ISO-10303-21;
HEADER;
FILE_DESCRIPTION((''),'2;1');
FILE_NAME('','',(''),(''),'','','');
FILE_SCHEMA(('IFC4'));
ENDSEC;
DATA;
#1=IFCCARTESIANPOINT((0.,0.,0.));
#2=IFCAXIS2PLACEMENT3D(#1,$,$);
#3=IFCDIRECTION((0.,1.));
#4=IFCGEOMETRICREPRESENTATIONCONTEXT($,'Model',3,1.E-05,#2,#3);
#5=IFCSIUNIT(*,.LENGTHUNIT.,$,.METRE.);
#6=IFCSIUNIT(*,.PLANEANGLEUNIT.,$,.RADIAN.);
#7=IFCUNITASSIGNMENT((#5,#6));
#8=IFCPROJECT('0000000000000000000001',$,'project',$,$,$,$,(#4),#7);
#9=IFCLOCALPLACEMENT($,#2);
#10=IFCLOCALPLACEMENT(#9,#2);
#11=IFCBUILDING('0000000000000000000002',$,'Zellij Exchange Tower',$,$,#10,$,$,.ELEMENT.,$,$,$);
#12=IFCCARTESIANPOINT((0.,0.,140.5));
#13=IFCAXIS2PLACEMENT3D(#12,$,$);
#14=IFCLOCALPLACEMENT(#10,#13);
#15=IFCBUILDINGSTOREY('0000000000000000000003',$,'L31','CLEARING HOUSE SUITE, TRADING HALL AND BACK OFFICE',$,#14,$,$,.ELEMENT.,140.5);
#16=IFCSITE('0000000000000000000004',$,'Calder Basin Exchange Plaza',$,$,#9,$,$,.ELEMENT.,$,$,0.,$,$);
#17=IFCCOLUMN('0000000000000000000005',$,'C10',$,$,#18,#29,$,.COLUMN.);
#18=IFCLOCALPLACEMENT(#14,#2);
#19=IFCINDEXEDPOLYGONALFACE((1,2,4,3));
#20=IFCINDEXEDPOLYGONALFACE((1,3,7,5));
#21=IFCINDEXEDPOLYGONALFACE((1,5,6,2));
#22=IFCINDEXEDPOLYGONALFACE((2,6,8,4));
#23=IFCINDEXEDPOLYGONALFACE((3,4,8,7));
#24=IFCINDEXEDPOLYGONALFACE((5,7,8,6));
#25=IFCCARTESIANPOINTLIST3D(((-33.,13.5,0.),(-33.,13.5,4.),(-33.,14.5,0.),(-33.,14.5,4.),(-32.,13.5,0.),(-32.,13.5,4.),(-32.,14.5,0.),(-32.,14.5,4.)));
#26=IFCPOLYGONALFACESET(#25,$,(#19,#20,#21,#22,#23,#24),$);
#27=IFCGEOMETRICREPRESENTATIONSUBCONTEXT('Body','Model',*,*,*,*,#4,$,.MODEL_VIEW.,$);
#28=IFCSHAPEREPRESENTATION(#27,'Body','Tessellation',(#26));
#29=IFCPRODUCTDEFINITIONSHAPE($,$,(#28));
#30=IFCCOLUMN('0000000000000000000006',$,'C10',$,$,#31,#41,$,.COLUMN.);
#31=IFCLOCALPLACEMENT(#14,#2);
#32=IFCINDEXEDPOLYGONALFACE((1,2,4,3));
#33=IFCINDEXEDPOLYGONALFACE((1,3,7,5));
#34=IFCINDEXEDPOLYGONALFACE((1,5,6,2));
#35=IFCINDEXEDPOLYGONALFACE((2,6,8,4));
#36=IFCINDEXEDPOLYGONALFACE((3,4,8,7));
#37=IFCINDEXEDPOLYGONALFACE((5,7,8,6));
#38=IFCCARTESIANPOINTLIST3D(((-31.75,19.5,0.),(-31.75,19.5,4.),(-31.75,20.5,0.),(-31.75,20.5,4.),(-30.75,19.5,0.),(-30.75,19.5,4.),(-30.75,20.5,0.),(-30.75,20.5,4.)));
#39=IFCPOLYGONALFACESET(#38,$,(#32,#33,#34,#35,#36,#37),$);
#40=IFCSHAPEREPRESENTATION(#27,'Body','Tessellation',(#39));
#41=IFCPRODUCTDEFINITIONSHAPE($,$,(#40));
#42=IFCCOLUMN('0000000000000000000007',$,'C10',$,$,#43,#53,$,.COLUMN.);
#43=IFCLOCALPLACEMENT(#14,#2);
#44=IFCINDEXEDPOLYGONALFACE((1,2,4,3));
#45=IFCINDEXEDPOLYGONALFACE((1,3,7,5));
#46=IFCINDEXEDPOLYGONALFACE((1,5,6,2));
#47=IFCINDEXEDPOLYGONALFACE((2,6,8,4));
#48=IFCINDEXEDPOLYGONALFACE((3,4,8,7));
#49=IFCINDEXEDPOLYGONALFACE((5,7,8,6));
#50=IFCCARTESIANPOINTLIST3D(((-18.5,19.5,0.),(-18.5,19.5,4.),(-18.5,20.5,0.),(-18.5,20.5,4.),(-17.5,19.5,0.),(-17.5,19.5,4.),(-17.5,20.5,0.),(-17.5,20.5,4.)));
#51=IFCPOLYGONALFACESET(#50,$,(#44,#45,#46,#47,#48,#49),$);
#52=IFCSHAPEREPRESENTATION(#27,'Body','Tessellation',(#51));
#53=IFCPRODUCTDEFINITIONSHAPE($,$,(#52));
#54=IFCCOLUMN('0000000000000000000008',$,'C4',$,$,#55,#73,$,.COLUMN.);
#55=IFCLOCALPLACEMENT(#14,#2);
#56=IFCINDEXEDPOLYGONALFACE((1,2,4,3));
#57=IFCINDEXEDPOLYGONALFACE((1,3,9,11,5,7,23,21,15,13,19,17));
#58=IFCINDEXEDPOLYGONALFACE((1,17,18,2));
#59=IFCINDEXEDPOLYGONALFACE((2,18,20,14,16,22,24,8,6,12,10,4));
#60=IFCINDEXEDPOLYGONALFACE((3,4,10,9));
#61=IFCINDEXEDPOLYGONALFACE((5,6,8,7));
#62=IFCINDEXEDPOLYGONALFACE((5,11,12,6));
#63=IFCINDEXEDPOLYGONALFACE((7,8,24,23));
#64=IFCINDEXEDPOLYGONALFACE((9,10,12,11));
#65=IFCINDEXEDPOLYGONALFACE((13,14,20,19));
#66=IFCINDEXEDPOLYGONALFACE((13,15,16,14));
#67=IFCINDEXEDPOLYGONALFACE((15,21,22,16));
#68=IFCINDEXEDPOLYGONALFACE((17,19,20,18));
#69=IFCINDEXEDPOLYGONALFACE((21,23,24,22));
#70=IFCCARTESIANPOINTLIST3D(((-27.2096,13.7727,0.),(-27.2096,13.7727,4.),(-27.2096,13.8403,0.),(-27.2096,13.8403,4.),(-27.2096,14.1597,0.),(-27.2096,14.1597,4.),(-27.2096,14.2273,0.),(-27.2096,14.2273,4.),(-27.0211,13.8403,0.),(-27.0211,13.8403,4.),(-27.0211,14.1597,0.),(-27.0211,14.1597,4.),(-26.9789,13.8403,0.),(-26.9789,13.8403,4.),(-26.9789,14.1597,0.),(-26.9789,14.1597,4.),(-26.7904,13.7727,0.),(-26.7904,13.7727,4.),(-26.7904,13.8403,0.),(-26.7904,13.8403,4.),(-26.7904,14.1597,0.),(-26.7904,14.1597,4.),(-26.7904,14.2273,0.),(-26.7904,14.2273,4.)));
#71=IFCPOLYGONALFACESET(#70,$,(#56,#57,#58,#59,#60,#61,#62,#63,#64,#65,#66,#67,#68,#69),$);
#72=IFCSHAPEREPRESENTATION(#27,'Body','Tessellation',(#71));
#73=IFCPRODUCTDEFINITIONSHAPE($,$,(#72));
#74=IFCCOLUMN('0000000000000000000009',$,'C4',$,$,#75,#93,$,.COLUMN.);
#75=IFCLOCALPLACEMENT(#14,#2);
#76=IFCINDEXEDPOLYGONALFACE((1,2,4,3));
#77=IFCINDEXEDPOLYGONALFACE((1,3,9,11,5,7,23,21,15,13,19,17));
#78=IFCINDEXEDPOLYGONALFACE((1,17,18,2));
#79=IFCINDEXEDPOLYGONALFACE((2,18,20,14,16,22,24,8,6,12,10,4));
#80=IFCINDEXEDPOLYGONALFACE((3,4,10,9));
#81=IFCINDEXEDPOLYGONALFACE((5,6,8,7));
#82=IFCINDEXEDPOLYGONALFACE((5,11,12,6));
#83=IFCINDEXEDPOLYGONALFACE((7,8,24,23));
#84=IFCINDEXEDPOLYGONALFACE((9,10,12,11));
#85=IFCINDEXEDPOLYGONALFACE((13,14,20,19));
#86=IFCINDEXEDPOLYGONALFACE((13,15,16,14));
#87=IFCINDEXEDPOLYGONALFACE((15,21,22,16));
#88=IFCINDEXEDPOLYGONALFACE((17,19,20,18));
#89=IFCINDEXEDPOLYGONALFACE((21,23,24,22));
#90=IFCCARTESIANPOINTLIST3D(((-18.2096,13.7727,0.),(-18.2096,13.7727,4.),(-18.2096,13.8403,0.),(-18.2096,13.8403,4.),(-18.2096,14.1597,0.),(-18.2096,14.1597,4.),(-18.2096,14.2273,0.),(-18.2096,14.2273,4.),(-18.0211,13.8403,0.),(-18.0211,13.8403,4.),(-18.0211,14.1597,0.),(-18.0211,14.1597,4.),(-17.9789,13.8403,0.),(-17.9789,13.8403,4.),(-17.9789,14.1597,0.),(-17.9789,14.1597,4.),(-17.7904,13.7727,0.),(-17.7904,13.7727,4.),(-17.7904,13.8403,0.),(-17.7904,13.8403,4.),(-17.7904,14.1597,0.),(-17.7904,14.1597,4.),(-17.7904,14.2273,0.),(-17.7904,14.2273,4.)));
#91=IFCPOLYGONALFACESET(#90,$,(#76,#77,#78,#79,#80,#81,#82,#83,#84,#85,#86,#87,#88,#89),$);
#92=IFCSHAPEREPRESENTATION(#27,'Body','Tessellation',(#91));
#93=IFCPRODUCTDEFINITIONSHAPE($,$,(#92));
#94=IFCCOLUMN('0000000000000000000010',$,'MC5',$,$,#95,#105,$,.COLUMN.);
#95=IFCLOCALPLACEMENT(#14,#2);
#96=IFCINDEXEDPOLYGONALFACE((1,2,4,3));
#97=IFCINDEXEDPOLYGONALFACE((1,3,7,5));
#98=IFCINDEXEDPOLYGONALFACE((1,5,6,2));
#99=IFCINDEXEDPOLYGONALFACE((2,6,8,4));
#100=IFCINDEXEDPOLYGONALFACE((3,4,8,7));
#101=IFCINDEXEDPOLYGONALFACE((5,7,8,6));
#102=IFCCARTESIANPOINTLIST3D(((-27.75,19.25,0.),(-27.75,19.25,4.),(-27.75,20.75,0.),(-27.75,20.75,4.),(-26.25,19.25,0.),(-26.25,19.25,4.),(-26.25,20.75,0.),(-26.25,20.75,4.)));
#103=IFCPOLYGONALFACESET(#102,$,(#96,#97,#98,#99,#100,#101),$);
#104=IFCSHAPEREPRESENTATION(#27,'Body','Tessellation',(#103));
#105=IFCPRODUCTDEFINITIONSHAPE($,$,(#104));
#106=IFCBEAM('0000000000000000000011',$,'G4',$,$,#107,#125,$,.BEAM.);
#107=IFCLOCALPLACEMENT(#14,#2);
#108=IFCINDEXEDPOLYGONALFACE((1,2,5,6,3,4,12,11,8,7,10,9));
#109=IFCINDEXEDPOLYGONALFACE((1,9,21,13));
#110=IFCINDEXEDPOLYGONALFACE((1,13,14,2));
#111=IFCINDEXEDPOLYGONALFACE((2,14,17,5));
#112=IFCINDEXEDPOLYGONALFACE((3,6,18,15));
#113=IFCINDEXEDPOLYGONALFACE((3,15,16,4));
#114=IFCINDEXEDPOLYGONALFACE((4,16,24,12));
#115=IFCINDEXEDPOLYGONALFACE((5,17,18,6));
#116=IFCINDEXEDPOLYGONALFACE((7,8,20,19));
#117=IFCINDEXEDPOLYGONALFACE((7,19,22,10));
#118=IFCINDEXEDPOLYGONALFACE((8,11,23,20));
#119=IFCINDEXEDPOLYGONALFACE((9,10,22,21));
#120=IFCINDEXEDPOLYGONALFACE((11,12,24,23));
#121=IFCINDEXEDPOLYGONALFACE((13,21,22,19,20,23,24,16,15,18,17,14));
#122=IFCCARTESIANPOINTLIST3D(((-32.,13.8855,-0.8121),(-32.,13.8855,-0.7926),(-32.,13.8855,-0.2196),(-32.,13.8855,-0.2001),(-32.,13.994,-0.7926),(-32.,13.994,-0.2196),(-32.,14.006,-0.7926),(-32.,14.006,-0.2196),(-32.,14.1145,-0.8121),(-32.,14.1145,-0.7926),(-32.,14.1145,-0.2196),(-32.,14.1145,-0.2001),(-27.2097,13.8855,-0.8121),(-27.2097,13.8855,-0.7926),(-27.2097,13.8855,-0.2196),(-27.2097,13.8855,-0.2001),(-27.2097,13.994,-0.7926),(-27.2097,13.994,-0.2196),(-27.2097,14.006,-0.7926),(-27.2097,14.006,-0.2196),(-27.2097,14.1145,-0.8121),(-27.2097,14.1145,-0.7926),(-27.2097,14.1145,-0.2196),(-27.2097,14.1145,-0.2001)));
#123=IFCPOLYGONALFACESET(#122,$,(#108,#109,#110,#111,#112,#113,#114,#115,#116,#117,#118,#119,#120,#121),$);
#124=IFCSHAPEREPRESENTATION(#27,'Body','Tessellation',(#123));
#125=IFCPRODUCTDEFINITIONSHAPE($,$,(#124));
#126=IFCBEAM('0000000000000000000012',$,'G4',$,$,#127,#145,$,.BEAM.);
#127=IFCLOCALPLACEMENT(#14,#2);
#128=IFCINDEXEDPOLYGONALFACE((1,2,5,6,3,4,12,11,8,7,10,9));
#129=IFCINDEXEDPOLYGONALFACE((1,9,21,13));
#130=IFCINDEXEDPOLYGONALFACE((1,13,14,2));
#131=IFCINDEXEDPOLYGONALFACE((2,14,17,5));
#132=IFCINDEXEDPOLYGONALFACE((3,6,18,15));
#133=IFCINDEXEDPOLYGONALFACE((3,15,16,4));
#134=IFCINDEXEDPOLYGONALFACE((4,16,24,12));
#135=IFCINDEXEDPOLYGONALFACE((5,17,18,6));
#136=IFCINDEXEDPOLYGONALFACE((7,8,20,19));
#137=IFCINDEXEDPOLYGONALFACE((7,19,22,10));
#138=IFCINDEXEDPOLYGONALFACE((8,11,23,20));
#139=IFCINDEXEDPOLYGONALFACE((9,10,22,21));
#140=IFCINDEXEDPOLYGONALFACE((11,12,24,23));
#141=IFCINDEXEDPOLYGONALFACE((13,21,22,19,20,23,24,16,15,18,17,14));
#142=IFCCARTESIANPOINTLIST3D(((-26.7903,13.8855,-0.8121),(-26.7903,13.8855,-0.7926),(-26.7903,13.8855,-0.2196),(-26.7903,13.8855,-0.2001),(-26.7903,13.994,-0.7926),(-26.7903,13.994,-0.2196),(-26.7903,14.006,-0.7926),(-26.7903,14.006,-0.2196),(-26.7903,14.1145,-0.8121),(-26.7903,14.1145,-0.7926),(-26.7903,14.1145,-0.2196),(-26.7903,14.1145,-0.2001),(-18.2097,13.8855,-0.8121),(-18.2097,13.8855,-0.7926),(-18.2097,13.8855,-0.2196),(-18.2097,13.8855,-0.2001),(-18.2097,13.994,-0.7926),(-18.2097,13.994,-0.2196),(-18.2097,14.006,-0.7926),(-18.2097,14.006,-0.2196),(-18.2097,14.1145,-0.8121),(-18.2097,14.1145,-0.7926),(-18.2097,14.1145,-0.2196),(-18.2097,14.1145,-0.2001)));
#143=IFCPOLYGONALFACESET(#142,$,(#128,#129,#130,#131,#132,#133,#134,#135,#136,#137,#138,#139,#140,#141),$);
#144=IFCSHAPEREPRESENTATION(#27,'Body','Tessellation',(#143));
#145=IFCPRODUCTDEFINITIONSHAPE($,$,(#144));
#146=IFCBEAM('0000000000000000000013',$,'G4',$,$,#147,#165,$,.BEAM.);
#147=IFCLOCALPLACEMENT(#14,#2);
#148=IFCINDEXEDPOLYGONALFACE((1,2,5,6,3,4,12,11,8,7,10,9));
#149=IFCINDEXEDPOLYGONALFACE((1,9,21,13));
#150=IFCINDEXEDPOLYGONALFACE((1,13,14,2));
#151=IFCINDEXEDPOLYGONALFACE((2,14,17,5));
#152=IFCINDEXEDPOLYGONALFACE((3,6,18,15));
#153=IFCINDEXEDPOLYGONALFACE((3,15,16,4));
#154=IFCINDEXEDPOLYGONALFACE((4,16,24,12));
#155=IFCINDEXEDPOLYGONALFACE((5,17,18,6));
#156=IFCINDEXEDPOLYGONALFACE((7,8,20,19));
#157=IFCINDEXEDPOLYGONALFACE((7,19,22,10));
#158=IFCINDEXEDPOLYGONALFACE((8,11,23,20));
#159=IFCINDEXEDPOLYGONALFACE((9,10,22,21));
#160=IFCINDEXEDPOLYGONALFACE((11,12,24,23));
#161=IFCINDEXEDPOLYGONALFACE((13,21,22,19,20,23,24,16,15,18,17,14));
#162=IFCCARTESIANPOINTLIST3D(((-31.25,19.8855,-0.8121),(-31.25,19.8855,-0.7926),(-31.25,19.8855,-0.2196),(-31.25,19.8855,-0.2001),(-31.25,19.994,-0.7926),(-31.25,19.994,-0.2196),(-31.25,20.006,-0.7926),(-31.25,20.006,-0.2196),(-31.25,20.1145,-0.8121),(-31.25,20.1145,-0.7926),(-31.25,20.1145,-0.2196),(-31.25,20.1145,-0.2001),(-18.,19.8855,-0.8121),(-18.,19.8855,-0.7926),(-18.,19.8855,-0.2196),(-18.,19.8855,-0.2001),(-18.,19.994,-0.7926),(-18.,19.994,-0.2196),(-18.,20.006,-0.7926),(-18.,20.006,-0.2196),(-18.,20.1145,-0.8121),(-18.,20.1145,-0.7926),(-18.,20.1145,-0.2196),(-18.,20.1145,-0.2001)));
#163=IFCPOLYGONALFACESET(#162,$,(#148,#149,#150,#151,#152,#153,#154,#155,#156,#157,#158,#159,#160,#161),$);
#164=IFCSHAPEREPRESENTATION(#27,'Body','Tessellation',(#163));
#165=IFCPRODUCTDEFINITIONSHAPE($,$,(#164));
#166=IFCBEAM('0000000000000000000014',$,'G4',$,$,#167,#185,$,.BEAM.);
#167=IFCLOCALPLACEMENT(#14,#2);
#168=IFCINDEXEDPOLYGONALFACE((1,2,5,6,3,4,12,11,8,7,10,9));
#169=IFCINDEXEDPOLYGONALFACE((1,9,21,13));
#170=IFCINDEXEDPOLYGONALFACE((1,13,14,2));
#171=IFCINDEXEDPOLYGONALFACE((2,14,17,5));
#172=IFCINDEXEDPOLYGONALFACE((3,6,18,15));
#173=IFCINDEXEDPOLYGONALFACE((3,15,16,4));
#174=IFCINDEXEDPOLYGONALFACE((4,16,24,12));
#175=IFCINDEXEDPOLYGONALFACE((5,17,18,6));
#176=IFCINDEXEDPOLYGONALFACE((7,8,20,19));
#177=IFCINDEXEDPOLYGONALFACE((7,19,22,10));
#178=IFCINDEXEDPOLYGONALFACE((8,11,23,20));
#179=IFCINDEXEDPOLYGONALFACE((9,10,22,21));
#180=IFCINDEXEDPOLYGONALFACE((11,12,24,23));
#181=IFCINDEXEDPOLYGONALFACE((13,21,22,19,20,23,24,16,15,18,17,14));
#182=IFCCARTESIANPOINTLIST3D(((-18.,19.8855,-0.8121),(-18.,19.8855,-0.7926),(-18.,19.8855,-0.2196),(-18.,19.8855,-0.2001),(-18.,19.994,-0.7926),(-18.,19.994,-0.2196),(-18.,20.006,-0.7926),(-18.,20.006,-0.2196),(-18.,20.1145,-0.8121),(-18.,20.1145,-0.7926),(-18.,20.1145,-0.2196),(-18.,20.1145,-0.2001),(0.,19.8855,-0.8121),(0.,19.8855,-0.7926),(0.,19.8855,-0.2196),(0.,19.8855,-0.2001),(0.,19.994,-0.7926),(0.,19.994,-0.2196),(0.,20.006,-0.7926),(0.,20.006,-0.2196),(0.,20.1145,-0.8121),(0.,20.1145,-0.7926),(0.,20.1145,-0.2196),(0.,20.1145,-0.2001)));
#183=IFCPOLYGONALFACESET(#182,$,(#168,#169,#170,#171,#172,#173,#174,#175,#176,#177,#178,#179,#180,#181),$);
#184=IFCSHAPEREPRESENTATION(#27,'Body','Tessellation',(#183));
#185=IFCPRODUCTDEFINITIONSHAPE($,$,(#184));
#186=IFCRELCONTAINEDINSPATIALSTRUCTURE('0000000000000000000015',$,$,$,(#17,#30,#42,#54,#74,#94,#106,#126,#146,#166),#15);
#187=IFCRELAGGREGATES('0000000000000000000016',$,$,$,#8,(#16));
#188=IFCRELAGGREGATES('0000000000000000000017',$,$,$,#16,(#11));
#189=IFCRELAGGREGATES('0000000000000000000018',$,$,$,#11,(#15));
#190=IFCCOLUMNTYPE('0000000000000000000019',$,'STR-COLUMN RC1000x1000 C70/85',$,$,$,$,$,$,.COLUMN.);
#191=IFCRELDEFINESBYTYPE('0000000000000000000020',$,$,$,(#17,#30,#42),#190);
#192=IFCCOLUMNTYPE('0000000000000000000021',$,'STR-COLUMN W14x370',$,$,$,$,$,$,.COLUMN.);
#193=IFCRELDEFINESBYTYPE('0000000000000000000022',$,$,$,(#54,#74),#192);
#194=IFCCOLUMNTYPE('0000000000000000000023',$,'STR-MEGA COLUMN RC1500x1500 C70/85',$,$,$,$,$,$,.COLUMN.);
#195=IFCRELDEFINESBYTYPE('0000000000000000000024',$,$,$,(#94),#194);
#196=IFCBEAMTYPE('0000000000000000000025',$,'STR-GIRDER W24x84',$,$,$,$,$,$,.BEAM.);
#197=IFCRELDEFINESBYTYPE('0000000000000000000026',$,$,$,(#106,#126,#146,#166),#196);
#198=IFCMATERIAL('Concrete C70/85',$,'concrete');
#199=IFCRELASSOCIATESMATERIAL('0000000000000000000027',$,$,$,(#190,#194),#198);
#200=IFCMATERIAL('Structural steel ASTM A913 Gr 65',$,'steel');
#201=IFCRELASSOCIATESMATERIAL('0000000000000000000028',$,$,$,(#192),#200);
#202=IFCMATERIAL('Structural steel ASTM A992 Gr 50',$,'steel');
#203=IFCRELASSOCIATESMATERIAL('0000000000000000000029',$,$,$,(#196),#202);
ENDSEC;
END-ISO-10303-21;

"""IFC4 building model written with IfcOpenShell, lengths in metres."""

from ifc_helpers import new_model, si_unit, direction, frame, origin, origin_2d, place, context, subcontext, project, spatial, rectangle, i_section, extrude, material, material_profile, profile_set, type_object, element, save


model = new_model("IFC4")

# Units and contexts
model_context = context("Model", 3, precision=1e-05, world=origin(), true_north=direction((0.0, 1.0)))
body_context = subcontext(model_context, "Body", "Model", "MODEL_VIEW")
ifc_project = project(units=[si_unit("LENGTHUNIT", "METRE"), si_unit("PLANEANGLEUNIT", "RADIAN")], contexts=[model_context])

# Site, building, storey
site_placement = place(None, origin())
site = spatial("IfcSite", under=ifc_project, at=site_placement, Name="Calder Basin Exchange Plaza", CompositionType="ELEMENT", RefElevation=0.0)
building_placement = place(site_placement, origin())
building = spatial("IfcBuilding", under=site, at=building_placement, Name="Zellij Exchange Tower", CompositionType="ELEMENT")
storey_placement = place(building_placement, frame((0.0, 0.0, 140.5)))
storey = spatial("IfcBuildingStorey", under=building, at=storey_placement, Name="L31", Description="CLEARING HOUSE SUITE, TRADING HALL AND BACK OFFICE", CompositionType="ELEMENT", Elevation=140.5)

# Columns
ifc_material_1 = material(Name="Concrete C70/85", Category="concrete")
ifc_material_profile_1 = material_profile(ifc_material_1, rectangle(XDim=1.0, YDim=1.0, at=origin_2d()), Name="STR-COLUMN RC1000x1000 C70/85")
ifc_profile_set_1 = profile_set([ifc_material_profile_1], Name="Concrete C70/85")
column_type_1 = type_object("IfcColumnType", Name="STR-COLUMN RC1000x1000 C70/85", PredefinedType="COLUMN", material=ifc_profile_set_1)
for number, where, z_axis, x_axis, name in (
    (1, (-32.5, 14.0, 0.0), (0.0, 0.0, 1.0), (1.0, 0.0, 0.0), "C10"),
    (2, (-31.25, 20.0, 0.0), (0.0, 0.0, 1.0), (1.0, 0.0, 0.0), "C10"),
    (3, (-18.0, 20.0, 0.0), (0.0, 0.0, 1.0), (1.0, 0.0, 0.0), "C10"),
):
    element("IfcColumn", number, at=place(storey_placement, frame(where, z_axis=z_axis, x_axis=x_axis)), inside=storey, type_object=column_type_1, Name=name, PredefinedType="COLUMN", context=body_context, shape_type="SweptSolid", body=[
        extrude(rectangle(XDim=1.0, YDim=1.0, at=origin_2d()), origin(), (0.0, 0.0, 1.0), 4.0),
    ])
ifc_material_2 = material(Name="Structural steel ASTM A913 Gr 65", Category="steel")
ifc_material_profile_2 = material_profile(ifc_material_2, i_section(OverallWidth=0.4192, OverallDepth=0.4546, WebThickness=0.0422, FlangeThickness=0.0676, at=origin_2d()), Name="W14x370")
ifc_profile_set_2 = profile_set([ifc_material_profile_2], Name="Structural steel ASTM A913 Gr 65")
column_type_2 = type_object("IfcColumnType", Name="STR-COLUMN W14x370", PredefinedType="COLUMN", material=ifc_profile_set_2)
for number, where, z_axis, x_axis, name in (
    (4, (-27.0, 14.0, 0.0), (0.0, 0.0, 1.0), (1.0, 0.0, 0.0), "C4"),
    (5, (-18.0, 14.0, 0.0), (0.0, 0.0, 1.0), (1.0, 0.0, 0.0), "C4"),
):
    element("IfcColumn", number, at=place(storey_placement, frame(where, z_axis=z_axis, x_axis=x_axis)), inside=storey, type_object=column_type_2, Name=name, PredefinedType="COLUMN", context=body_context, shape_type="SweptSolid", body=[
        extrude(i_section(OverallWidth=0.4192, OverallDepth=0.4546, WebThickness=0.0422, FlangeThickness=0.0676, at=origin_2d()), origin(), (0.0, 0.0, 1.0), 4.0),
    ])
ifc_material_profile_3 = material_profile(ifc_material_1, rectangle(XDim=1.5, YDim=1.5, at=origin_2d()), Name="STR-MEGA COLUMN RC1500x1500 C70/85")
ifc_profile_set_3 = profile_set([ifc_material_profile_3], Name="Concrete C70/85")
column_type_3 = type_object("IfcColumnType", Name="STR-MEGA COLUMN RC1500x1500 C70/85", PredefinedType="COLUMN", material=ifc_profile_set_3)
column_placement = place(storey_placement, frame((-27.0, 20.0, 0.0), z_axis=(0.0, 0.0, 1.0), x_axis=(1.0, 0.0, 0.0)))
element("IfcColumn", 6, at=column_placement, inside=storey, type_object=column_type_3, Name="MC5", PredefinedType="COLUMN", context=body_context, shape_type="SweptSolid", body=[
    extrude(rectangle(XDim=1.5, YDim=1.5, at=origin_2d()), origin(), (0.0, 0.0, 1.0), 4.0),
])

# Beams
ifc_material_3 = material(Name="Structural steel ASTM A992 Gr 50", Category="steel")
ifc_material_profile_4 = material_profile(ifc_material_3, i_section(OverallWidth=0.229, OverallDepth=0.6121, WebThickness=0.012, FlangeThickness=0.0195, at=origin_2d()), Name="W24x84")
ifc_profile_set_4 = profile_set([ifc_material_profile_4], Name="Structural steel ASTM A992 Gr 50")
beam_type = type_object("IfcBeamType", Name="STR-GIRDER W24x84", PredefinedType="BEAM", material=ifc_profile_set_4)
beam_1_placement = place(storey_placement, frame((-32.0, 14.0, -0.5061), z_axis=(1.0, 0.0, 0.0), x_axis=(0.0, 1.0, 0.0)))
element("IfcBeam", 7, at=beam_1_placement, inside=storey, type_object=beam_type, Name="G4", PredefinedType="BEAM", context=body_context, shape_type="SweptSolid", body=[
    extrude(i_section(OverallWidth=0.229, OverallDepth=0.6121, WebThickness=0.012, FlangeThickness=0.0195, at=origin_2d()), origin(), (0.0, 0.0, 1.0), 4.7903),
])
beam_2_placement = place(storey_placement, frame((-26.7903, 14.0, -0.5061), z_axis=(1.0, 0.0, 0.0), x_axis=(0.0, 1.0, 0.0)))
element("IfcBeam", 8, at=beam_2_placement, inside=storey, type_object=beam_type, Name="G4", PredefinedType="BEAM", context=body_context, shape_type="SweptSolid", body=[
    extrude(i_section(OverallWidth=0.229, OverallDepth=0.6121, WebThickness=0.012, FlangeThickness=0.0195, at=origin_2d()), origin(), (0.0, 0.0, 1.0), 8.5806),
])
beam_3_placement = place(storey_placement, frame((-31.25, 20.0, -0.5061), z_axis=(1.0, 0.0, 0.0), x_axis=(0.0, 1.0, 0.0)))
element("IfcBeam", 9, at=beam_3_placement, inside=storey, type_object=beam_type, Name="G4", PredefinedType="BEAM", context=body_context, shape_type="SweptSolid", body=[
    extrude(i_section(OverallWidth=0.229, OverallDepth=0.6121, WebThickness=0.012, FlangeThickness=0.0195, at=origin_2d()), origin(), (0.0, 0.0, 1.0), 13.25),
])
beam_4_placement = place(storey_placement, frame((-18.0, 20.0, -0.5061), z_axis=(1.0, 0.0, 0.0), x_axis=(0.0, 1.0, 0.0)))
element("IfcBeam", 10, at=beam_4_placement, inside=storey, type_object=beam_type, Name="G4", PredefinedType="BEAM", context=body_context, shape_type="SweptSolid", body=[
    extrude(i_section(OverallWidth=0.229, OverallDepth=0.6121, WebThickness=0.012, FlangeThickness=0.0195, at=origin_2d()), origin(), (0.0, 0.0, 1.0), 18.0),
])

save(model, "model.ifc")
